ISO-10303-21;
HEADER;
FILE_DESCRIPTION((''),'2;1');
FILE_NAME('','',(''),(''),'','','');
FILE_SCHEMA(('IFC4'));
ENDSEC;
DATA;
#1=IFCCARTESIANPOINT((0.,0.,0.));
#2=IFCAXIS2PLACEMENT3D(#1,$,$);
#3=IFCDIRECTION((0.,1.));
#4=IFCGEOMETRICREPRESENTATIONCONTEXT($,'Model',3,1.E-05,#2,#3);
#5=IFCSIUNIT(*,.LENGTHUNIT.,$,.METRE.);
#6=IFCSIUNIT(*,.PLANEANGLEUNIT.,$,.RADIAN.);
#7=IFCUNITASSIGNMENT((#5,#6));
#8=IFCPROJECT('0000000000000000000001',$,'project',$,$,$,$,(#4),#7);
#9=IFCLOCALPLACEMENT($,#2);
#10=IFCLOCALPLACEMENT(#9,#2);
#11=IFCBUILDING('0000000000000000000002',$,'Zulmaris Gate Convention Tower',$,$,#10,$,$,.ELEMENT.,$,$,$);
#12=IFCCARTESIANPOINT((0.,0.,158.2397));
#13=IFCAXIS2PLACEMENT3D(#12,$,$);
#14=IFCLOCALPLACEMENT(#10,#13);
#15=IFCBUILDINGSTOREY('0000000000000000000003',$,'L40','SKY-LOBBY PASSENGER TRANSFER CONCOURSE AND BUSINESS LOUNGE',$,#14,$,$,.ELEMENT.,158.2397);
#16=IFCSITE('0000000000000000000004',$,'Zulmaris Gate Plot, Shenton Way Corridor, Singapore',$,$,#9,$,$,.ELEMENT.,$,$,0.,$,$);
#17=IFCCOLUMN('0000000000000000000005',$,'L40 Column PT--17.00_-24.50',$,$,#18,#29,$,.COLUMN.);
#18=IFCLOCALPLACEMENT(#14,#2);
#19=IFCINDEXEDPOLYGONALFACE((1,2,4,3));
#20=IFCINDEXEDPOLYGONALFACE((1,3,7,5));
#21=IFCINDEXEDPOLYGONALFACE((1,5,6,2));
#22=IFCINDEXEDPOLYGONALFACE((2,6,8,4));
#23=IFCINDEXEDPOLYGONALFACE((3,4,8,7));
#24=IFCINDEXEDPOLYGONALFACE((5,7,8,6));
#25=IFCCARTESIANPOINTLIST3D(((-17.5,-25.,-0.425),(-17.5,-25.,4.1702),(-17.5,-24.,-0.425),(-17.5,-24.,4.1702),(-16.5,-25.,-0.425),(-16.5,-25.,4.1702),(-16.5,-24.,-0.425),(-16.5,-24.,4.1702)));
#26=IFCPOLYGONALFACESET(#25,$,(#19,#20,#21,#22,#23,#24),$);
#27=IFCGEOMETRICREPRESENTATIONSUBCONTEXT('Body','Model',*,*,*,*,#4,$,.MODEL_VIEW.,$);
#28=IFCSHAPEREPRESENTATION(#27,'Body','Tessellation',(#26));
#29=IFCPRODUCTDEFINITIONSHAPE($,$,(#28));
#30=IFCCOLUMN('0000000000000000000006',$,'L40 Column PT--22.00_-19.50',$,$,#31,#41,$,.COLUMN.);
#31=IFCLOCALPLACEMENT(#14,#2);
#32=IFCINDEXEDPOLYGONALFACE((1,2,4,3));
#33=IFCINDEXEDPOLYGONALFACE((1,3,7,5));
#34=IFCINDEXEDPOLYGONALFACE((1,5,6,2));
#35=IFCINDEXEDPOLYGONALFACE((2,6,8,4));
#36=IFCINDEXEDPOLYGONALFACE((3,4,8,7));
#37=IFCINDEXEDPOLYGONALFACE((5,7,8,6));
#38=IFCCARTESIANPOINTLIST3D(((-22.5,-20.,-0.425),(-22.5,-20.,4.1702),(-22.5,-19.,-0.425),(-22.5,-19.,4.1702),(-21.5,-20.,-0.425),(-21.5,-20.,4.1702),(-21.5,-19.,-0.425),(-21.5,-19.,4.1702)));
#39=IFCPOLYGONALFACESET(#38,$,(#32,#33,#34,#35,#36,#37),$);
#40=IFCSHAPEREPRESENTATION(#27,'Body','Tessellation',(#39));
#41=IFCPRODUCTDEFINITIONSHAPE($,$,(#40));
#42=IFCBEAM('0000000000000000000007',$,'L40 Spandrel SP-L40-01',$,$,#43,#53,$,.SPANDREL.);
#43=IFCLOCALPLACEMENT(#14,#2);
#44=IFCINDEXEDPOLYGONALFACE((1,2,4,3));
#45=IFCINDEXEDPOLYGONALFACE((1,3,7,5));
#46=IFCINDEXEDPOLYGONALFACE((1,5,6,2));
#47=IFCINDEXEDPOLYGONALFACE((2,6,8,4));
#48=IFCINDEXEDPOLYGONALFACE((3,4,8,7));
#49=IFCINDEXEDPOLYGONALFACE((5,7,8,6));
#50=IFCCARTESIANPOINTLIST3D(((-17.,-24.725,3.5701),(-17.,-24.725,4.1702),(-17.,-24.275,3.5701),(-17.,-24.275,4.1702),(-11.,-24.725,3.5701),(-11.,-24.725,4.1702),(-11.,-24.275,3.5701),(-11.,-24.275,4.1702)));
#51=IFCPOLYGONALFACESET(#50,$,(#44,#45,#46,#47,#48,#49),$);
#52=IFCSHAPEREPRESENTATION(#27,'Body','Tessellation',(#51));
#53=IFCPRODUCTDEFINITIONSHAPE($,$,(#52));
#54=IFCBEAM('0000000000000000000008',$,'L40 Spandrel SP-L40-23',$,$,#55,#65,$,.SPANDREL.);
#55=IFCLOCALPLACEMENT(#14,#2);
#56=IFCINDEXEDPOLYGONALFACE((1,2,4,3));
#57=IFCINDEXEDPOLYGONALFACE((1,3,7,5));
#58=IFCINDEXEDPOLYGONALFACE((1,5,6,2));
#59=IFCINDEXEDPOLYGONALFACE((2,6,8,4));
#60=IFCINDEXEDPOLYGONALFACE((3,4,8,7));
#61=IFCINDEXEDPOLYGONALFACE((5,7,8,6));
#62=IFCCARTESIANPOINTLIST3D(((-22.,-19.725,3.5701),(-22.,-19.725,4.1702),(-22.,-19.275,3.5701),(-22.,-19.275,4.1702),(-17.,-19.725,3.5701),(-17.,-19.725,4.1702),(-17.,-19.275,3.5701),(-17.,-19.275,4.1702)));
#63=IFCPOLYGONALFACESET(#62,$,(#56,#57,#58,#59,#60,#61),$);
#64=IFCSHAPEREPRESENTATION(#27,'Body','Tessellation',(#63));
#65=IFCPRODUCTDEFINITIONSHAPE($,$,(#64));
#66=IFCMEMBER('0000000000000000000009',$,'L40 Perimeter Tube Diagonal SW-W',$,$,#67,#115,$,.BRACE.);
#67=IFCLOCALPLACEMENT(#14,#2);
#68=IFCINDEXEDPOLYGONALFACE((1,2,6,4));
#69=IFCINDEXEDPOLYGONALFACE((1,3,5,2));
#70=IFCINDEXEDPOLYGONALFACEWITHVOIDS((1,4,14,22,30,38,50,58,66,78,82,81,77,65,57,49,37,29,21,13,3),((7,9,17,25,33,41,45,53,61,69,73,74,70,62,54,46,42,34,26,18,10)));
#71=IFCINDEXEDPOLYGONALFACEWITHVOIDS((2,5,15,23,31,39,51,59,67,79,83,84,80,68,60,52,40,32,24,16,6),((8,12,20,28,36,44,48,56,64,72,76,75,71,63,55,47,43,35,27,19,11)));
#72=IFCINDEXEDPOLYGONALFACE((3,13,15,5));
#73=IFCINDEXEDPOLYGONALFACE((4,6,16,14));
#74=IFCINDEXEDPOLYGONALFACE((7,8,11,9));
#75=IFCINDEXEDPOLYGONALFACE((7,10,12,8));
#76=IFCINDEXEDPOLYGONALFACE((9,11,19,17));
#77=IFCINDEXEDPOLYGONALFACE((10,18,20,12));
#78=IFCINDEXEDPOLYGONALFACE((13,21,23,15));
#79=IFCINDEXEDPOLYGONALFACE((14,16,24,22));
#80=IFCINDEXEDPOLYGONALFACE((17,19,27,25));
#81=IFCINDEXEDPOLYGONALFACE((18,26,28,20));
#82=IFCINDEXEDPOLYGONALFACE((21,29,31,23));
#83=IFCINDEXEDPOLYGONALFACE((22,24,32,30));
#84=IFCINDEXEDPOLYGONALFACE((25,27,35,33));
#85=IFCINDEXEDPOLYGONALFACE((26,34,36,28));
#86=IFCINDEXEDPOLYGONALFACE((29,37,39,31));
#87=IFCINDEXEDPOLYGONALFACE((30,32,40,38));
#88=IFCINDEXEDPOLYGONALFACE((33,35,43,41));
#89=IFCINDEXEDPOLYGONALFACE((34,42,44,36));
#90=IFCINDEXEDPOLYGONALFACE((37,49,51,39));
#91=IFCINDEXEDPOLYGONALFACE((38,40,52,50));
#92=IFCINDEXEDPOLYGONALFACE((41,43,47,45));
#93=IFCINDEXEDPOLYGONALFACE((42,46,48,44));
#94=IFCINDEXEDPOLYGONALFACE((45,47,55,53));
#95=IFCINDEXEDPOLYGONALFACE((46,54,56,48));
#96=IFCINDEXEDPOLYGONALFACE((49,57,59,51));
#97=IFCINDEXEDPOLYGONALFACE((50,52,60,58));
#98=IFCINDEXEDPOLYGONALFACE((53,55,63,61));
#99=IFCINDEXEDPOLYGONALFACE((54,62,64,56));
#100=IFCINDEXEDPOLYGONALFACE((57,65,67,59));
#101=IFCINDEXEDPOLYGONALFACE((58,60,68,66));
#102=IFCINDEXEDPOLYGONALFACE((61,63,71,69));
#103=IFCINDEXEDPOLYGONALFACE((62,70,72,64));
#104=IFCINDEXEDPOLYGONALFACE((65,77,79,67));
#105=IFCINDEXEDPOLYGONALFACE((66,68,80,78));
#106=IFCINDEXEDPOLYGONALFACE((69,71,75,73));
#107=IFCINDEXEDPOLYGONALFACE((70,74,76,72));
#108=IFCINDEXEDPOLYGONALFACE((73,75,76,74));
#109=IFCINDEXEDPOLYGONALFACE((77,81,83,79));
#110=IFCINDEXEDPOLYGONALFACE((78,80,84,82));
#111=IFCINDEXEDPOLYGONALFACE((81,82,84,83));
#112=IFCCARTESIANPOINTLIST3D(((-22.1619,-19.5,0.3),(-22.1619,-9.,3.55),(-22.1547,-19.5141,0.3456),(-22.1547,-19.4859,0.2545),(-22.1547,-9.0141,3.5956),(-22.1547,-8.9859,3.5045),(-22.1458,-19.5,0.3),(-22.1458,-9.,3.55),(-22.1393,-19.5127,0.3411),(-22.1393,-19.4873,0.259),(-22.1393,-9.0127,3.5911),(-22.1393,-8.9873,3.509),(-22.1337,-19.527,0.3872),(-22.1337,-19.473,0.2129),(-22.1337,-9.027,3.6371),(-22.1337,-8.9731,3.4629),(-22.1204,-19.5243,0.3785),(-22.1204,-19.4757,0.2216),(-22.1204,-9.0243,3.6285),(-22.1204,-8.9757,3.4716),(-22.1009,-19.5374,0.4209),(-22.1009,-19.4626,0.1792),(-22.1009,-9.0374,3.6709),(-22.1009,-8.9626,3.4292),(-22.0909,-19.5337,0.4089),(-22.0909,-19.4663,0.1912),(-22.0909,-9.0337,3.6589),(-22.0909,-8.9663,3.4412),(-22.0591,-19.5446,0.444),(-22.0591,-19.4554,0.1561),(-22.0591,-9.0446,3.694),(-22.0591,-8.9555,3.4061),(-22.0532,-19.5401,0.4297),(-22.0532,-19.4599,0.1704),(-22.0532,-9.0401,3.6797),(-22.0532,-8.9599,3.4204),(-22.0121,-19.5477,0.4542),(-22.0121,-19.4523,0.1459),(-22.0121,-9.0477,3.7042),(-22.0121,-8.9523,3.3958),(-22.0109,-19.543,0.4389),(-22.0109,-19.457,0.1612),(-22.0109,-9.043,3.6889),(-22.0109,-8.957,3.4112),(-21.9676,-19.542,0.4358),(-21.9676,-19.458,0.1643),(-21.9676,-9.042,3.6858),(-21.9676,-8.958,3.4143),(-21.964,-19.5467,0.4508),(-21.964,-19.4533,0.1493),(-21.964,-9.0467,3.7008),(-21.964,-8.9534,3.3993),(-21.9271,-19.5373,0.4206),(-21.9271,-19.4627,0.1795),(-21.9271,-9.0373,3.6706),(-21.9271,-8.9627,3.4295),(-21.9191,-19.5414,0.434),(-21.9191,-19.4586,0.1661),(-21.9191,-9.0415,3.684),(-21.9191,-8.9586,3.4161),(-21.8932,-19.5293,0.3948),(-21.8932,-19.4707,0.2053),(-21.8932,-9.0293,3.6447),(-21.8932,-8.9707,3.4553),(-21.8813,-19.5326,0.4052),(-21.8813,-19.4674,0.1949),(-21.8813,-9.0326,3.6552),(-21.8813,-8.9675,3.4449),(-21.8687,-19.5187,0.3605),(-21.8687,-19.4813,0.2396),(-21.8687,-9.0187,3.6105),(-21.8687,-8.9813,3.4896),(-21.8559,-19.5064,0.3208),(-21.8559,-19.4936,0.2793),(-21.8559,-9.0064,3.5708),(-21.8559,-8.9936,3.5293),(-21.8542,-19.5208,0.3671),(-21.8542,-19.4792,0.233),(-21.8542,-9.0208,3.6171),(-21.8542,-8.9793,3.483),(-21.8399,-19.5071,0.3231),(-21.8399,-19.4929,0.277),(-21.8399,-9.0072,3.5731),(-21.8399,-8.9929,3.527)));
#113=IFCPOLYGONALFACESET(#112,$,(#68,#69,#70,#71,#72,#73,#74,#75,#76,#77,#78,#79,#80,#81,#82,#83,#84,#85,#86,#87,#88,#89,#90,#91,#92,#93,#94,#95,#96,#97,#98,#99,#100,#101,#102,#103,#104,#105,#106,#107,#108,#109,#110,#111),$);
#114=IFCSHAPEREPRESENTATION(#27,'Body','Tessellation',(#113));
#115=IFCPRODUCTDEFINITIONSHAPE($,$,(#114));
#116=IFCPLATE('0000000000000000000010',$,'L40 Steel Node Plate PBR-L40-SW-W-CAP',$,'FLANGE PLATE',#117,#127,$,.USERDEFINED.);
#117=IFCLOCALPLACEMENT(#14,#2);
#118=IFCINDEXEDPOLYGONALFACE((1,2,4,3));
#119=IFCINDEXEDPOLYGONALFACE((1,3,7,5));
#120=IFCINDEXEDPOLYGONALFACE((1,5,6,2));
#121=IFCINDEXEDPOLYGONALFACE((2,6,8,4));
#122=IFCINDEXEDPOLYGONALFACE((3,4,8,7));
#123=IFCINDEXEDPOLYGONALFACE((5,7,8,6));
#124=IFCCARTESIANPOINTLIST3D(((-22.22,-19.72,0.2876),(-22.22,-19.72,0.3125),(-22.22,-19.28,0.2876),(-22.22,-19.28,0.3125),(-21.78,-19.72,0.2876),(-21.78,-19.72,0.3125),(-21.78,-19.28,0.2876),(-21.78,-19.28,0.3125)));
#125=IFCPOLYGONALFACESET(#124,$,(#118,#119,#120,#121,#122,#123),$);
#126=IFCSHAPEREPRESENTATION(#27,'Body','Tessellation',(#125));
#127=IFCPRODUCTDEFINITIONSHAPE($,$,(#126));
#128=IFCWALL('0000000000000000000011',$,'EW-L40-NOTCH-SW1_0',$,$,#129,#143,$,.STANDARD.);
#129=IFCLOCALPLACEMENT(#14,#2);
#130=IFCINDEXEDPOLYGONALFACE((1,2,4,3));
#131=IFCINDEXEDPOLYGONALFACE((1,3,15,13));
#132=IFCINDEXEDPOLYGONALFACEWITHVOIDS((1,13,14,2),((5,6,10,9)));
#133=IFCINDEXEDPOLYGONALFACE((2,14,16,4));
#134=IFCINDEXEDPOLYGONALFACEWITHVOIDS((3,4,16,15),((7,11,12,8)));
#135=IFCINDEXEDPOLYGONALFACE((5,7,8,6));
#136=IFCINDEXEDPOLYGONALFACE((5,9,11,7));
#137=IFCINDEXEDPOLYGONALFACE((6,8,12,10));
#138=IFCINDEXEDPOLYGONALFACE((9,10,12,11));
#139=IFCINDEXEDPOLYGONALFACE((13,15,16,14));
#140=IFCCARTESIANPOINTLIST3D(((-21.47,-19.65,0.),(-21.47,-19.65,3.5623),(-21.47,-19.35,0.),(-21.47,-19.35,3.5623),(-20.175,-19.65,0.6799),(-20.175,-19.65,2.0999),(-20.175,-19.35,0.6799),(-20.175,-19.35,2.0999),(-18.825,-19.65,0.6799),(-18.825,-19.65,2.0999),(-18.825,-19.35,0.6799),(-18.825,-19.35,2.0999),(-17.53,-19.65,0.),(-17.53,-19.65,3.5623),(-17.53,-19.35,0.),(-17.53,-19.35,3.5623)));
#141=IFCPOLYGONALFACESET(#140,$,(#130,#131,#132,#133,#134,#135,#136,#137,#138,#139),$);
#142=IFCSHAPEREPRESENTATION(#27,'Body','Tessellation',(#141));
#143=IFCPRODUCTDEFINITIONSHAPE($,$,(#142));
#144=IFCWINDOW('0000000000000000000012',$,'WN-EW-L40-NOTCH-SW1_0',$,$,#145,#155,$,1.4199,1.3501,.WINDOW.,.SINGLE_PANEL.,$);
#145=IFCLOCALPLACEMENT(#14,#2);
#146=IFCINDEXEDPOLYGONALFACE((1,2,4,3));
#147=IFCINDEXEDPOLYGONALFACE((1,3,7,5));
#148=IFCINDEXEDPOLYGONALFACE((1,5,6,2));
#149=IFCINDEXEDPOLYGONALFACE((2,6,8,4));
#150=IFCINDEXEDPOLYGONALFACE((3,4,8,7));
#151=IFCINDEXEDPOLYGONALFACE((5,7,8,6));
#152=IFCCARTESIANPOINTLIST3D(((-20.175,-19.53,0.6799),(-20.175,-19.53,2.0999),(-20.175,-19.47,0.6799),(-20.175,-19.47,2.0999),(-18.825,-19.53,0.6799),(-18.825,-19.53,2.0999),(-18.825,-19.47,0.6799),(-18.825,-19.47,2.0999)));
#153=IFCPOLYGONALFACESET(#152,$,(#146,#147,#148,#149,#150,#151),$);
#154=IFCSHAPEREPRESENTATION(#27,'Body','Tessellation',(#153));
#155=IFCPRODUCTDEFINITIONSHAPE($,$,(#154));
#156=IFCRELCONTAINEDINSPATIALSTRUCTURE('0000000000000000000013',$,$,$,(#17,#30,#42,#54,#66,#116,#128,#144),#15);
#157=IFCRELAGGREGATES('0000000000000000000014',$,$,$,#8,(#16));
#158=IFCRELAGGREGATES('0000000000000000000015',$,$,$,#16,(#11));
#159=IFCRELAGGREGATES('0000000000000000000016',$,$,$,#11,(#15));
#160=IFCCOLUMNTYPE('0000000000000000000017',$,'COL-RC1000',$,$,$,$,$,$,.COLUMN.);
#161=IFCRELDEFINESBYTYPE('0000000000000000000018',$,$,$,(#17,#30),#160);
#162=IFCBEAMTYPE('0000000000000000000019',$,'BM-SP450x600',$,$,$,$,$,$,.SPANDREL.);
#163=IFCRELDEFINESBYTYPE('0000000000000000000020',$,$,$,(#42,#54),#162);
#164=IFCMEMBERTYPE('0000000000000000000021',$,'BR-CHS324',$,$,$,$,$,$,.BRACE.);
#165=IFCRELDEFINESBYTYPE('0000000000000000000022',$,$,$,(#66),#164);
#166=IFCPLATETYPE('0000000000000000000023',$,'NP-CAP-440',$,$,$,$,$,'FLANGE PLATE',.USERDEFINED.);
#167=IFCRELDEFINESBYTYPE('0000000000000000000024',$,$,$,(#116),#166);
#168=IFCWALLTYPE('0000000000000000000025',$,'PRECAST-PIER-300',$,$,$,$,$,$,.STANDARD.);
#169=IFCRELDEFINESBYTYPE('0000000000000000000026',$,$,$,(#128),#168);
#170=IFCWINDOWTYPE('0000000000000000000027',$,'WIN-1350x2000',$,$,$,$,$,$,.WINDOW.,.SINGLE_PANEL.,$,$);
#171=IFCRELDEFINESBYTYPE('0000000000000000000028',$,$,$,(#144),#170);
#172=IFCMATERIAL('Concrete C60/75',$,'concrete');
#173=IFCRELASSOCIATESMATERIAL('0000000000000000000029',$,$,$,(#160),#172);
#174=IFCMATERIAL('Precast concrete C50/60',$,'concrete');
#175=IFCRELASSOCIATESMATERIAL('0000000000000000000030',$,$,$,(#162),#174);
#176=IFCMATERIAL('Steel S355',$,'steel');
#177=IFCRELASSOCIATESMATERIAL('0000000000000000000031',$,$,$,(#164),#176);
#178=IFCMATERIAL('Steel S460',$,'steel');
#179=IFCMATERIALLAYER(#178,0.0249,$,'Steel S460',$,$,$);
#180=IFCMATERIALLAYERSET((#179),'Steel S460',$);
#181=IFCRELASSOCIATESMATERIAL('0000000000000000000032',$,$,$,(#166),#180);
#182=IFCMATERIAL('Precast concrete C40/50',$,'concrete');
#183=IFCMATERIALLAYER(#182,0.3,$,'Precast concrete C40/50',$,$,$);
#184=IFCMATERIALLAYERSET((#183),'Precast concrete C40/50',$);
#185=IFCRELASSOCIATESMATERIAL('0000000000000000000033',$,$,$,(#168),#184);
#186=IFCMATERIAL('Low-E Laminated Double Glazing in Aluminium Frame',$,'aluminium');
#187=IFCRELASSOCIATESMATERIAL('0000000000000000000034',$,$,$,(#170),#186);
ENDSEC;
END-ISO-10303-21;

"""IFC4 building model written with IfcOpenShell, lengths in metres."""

from ifc_helpers import new_model, si_unit, direction, frame, frame_2d, origin, origin_2d, place, context, subcontext, project, spatial, rectangle, hollow_circle, extrude, material, layer, layer_set, material_profile, profile_set, type_object, element, fill, save


model = new_model("IFC4")

# Units and contexts
model_context = context("Model", 3, precision=1e-05, world=origin(), true_north=direction((0.0, 1.0)))
body_context = subcontext(model_context, "Body", "Model", "MODEL_VIEW")
ifc_project = project(units=[si_unit("LENGTHUNIT", "METRE"), si_unit("PLANEANGLEUNIT", "RADIAN")], contexts=[model_context])

# Site, building, storey
site_placement = place(None, origin())
site = spatial("IfcSite", under=ifc_project, at=site_placement, Name="Zulmaris Gate Plot, Shenton Way Corridor, Singapore", CompositionType="ELEMENT", RefElevation=0.0)
building_placement = place(site_placement, origin())
building = spatial("IfcBuilding", under=site, at=building_placement, Name="Zulmaris Gate Convention Tower", CompositionType="ELEMENT")
storey_placement = place(building_placement, frame((0.0, 0.0, 158.2397)))
storey = spatial("IfcBuildingStorey", under=building, at=storey_placement, Name="L40", Description="SKY-LOBBY PASSENGER TRANSFER CONCOURSE AND BUSINESS LOUNGE", CompositionType="ELEMENT", Elevation=158.2397)

# Columns
ifc_material_1 = material(Name="Concrete C60/75", Category="concrete")
ifc_material_profile_1 = material_profile(ifc_material_1, rectangle(XDim=1.0, YDim=1.0, at=origin_2d()), Name="RC COL 1000x1000")
ifc_profile_set_1 = profile_set([ifc_material_profile_1], Name="Concrete C60/75")
column_type = type_object("IfcColumnType", Name="COL-RC1000", PredefinedType="COLUMN", material=ifc_profile_set_1)
for number, where, z_axis, x_axis, name in (
    (1, (-17.0, -24.5, -0.425), (0.0, 0.0, 1.0), (1.0, 0.0, 0.0), "L40 Column PT--17.00_-24.50"),
    (2, (-22.0, -19.5, -0.425), (0.0, 0.0, 1.0), (1.0, 0.0, 0.0), "L40 Column PT--22.00_-19.50"),
):
    element("IfcColumn", number, at=place(storey_placement, frame(where, z_axis=z_axis, x_axis=x_axis)), inside=storey, type_object=column_type, Name=name, PredefinedType="COLUMN", context=body_context, shape_type="SweptSolid", body=[
        extrude(rectangle(XDim=1.0, YDim=1.0, at=origin_2d()), origin(), (0.0, 0.0, 1.0), 4.5952),
    ])

# Beams
ifc_material_2 = material(Name="Precast concrete C50/60", Category="concrete")
ifc_material_profile_2 = material_profile(ifc_material_2, rectangle(XDim=0.45, YDim=0.6001, at=origin_2d()), Name="RC SPANDREL 450x600")
ifc_profile_set_2 = profile_set([ifc_material_profile_2], Name="Precast concrete C50/60")
beam_type = type_object("IfcBeamType", Name="BM-SP450x600", PredefinedType="SPANDREL", material=ifc_profile_set_2)
beam_1_placement = place(storey_placement, frame((-17.0, -24.5, 3.8701), z_axis=(1.0, 0.0, 0.0), x_axis=(0.0, 1.0, 0.0)))
element("IfcBeam", 3, at=beam_1_placement, inside=storey, type_object=beam_type, Name="L40 Spandrel SP-L40-01", PredefinedType="SPANDREL", context=body_context, shape_type="SweptSolid", body=[
    extrude(rectangle(XDim=0.45, YDim=0.6001, at=origin_2d()), origin(), (0.0, 0.0, 1.0), 6.0),
])
beam_2_placement = place(storey_placement, frame((-22.0, -19.5, 3.8701), z_axis=(1.0, 0.0, 0.0), x_axis=(0.0, 1.0, 0.0)))
element("IfcBeam", 4, at=beam_2_placement, inside=storey, type_object=beam_type, Name="L40 Spandrel SP-L40-23", PredefinedType="SPANDREL", context=body_context, shape_type="SweptSolid", body=[
    extrude(rectangle(XDim=0.45, YDim=0.6001, at=origin_2d()), origin(), (0.0, 0.0, 1.0), 5.0),
])

# Member
ifc_material_3 = material(Name="Steel S355", Category="steel")
ifc_material_profile_3 = material_profile(ifc_material_3, hollow_circle(Radius=0.1619, WallThickness=0.0161, at=origin_2d()), Name="CHS 323.9x16")
ifc_profile_set_3 = profile_set([ifc_material_profile_3], Name="Steel S355")
member_type = type_object("IfcMemberType", Name="BR-CHS324", PredefinedType="BRACE", material=ifc_profile_set_3)
member_placement = place(storey_placement, frame((-22.0, -19.5, 0.3), z_axis=(0.0, 0.955286, 0.295684), x_axis=(-1.0, 0.0, 0.0)))
element("IfcMember", 5, at=member_placement, inside=storey, type_object=member_type, Name="L40 Perimeter Tube Diagonal SW-W", PredefinedType="BRACE", context=body_context, shape_type="SweptSolid", body=[
    extrude(hollow_circle(Radius=0.1619, WallThickness=0.0161, at=origin_2d()), origin(), (0.0, 0.0, 1.0), 10.9915),
])

# Plate
ifc_material_4 = material(Name="Steel S460", Category="steel")
ifc_layer_1 = layer(ifc_material_4, 0.0249, Name="Steel S460")
ifc_layer_set_1 = layer_set([ifc_layer_1], Name="Steel S460")
plate_type = type_object("IfcPlateType", Name="NP-CAP-440", ElementType="FLANGE PLATE", PredefinedType="USERDEFINED", material=ifc_layer_set_1)
plate_placement = place(storey_placement, frame((-22.0, -19.5, 0.2876), z_axis=(0.0, 0.0, 1.0), x_axis=(1.0, 0.0, 0.0)))
element("IfcPlate", 6, at=plate_placement, inside=storey, type_object=plate_type, Name="L40 Steel Node Plate PBR-L40-SW-W-CAP", ObjectType="FLANGE PLATE", PredefinedType="USERDEFINED", context=body_context, shape_type="SweptSolid", body=[
    extrude(rectangle(XDim=0.4399, YDim=0.4399, at=origin_2d()), origin(), (0.0, 0.0, 1.0), 0.0249),
])

# Wall, opening, window
ifc_material_5 = material(Name="Precast concrete C40/50", Category="concrete")
ifc_layer_2 = layer(ifc_material_5, 0.3, Name="Precast concrete C40/50")
ifc_layer_set_2 = layer_set([ifc_layer_2], Name="Precast concrete C40/50")
wall_type = type_object("IfcWallType", Name="PRECAST-PIER-300", PredefinedType="STANDARD", material=ifc_layer_set_2)
wall_1_placement = place(storey_placement, frame((-21.47, -19.5, 0.0), z_axis=(0.0, 0.0, 1.0), x_axis=(1.0, 0.0, 0.0)))
wall_1 = element("IfcWall", 7, at=wall_1_placement, inside=storey, type_object=wall_type, Name="EW-L40-NOTCH-SW1_0", PredefinedType="STANDARD", context=body_context, shape_type="SweptSolid", body=[
    extrude(rectangle(XDim=3.9399, YDim=0.3, at=frame_2d((1.97, 0.0))), origin(), (0.0, 0.0, 1.0), 3.5623),
])
opening_1_placement = place(wall_1_placement, frame((1.2949, 0.0, 0.6799)))
opening_1 = element("IfcOpeningElement", 8, at=opening_1_placement, cuts=wall_1, PredefinedType="OPENING", context=body_context, shape_type="SweptSolid", body=[
    extrude(rectangle(XDim=1.3501, YDim=1.4199, at=frame_2d((0.675, 0.71))), frame((0.0, 0.1602, 0.0), z_axis=(0.0, -1.0, 0.0), x_axis=(1.0, 0.0, 0.0)), (0.0, 0.0, 1.0), 0.3201),
])
ifc_material_6 = material(Name="Low-E Laminated Double Glazing in Aluminium Frame", Category="aluminium")
window_type_1 = type_object("IfcWindowType", Name="WIN-1350x2000", PartitioningType="SINGLE_PANEL", PredefinedType="WINDOW", material=ifc_material_6)
window_1_placement = place(opening_1_placement, origin())
window_1 = element("IfcWindow", 9, at=window_1_placement, inside=storey, type_object=window_type_1, Name="WN-EW-L40-NOTCH-SW1_0", OverallHeight=1.4199, OverallWidth=1.3501, PartitioningType="SINGLE_PANEL", PredefinedType="WINDOW", context=body_context, shape_type="SweptSolid", body=[
    extrude(rectangle(XDim=1.3501, YDim=1.4199, at=frame_2d((0.675, 0.71))), frame((0.0, 0.03, 0.0), z_axis=(0.0, -1.0, 0.0), x_axis=(1.0, 0.0, 0.0)), (0.0, 0.0, 1.0), 0.0601),
])
fill(opening_1, window_1)

save(model, "model.ifc")
